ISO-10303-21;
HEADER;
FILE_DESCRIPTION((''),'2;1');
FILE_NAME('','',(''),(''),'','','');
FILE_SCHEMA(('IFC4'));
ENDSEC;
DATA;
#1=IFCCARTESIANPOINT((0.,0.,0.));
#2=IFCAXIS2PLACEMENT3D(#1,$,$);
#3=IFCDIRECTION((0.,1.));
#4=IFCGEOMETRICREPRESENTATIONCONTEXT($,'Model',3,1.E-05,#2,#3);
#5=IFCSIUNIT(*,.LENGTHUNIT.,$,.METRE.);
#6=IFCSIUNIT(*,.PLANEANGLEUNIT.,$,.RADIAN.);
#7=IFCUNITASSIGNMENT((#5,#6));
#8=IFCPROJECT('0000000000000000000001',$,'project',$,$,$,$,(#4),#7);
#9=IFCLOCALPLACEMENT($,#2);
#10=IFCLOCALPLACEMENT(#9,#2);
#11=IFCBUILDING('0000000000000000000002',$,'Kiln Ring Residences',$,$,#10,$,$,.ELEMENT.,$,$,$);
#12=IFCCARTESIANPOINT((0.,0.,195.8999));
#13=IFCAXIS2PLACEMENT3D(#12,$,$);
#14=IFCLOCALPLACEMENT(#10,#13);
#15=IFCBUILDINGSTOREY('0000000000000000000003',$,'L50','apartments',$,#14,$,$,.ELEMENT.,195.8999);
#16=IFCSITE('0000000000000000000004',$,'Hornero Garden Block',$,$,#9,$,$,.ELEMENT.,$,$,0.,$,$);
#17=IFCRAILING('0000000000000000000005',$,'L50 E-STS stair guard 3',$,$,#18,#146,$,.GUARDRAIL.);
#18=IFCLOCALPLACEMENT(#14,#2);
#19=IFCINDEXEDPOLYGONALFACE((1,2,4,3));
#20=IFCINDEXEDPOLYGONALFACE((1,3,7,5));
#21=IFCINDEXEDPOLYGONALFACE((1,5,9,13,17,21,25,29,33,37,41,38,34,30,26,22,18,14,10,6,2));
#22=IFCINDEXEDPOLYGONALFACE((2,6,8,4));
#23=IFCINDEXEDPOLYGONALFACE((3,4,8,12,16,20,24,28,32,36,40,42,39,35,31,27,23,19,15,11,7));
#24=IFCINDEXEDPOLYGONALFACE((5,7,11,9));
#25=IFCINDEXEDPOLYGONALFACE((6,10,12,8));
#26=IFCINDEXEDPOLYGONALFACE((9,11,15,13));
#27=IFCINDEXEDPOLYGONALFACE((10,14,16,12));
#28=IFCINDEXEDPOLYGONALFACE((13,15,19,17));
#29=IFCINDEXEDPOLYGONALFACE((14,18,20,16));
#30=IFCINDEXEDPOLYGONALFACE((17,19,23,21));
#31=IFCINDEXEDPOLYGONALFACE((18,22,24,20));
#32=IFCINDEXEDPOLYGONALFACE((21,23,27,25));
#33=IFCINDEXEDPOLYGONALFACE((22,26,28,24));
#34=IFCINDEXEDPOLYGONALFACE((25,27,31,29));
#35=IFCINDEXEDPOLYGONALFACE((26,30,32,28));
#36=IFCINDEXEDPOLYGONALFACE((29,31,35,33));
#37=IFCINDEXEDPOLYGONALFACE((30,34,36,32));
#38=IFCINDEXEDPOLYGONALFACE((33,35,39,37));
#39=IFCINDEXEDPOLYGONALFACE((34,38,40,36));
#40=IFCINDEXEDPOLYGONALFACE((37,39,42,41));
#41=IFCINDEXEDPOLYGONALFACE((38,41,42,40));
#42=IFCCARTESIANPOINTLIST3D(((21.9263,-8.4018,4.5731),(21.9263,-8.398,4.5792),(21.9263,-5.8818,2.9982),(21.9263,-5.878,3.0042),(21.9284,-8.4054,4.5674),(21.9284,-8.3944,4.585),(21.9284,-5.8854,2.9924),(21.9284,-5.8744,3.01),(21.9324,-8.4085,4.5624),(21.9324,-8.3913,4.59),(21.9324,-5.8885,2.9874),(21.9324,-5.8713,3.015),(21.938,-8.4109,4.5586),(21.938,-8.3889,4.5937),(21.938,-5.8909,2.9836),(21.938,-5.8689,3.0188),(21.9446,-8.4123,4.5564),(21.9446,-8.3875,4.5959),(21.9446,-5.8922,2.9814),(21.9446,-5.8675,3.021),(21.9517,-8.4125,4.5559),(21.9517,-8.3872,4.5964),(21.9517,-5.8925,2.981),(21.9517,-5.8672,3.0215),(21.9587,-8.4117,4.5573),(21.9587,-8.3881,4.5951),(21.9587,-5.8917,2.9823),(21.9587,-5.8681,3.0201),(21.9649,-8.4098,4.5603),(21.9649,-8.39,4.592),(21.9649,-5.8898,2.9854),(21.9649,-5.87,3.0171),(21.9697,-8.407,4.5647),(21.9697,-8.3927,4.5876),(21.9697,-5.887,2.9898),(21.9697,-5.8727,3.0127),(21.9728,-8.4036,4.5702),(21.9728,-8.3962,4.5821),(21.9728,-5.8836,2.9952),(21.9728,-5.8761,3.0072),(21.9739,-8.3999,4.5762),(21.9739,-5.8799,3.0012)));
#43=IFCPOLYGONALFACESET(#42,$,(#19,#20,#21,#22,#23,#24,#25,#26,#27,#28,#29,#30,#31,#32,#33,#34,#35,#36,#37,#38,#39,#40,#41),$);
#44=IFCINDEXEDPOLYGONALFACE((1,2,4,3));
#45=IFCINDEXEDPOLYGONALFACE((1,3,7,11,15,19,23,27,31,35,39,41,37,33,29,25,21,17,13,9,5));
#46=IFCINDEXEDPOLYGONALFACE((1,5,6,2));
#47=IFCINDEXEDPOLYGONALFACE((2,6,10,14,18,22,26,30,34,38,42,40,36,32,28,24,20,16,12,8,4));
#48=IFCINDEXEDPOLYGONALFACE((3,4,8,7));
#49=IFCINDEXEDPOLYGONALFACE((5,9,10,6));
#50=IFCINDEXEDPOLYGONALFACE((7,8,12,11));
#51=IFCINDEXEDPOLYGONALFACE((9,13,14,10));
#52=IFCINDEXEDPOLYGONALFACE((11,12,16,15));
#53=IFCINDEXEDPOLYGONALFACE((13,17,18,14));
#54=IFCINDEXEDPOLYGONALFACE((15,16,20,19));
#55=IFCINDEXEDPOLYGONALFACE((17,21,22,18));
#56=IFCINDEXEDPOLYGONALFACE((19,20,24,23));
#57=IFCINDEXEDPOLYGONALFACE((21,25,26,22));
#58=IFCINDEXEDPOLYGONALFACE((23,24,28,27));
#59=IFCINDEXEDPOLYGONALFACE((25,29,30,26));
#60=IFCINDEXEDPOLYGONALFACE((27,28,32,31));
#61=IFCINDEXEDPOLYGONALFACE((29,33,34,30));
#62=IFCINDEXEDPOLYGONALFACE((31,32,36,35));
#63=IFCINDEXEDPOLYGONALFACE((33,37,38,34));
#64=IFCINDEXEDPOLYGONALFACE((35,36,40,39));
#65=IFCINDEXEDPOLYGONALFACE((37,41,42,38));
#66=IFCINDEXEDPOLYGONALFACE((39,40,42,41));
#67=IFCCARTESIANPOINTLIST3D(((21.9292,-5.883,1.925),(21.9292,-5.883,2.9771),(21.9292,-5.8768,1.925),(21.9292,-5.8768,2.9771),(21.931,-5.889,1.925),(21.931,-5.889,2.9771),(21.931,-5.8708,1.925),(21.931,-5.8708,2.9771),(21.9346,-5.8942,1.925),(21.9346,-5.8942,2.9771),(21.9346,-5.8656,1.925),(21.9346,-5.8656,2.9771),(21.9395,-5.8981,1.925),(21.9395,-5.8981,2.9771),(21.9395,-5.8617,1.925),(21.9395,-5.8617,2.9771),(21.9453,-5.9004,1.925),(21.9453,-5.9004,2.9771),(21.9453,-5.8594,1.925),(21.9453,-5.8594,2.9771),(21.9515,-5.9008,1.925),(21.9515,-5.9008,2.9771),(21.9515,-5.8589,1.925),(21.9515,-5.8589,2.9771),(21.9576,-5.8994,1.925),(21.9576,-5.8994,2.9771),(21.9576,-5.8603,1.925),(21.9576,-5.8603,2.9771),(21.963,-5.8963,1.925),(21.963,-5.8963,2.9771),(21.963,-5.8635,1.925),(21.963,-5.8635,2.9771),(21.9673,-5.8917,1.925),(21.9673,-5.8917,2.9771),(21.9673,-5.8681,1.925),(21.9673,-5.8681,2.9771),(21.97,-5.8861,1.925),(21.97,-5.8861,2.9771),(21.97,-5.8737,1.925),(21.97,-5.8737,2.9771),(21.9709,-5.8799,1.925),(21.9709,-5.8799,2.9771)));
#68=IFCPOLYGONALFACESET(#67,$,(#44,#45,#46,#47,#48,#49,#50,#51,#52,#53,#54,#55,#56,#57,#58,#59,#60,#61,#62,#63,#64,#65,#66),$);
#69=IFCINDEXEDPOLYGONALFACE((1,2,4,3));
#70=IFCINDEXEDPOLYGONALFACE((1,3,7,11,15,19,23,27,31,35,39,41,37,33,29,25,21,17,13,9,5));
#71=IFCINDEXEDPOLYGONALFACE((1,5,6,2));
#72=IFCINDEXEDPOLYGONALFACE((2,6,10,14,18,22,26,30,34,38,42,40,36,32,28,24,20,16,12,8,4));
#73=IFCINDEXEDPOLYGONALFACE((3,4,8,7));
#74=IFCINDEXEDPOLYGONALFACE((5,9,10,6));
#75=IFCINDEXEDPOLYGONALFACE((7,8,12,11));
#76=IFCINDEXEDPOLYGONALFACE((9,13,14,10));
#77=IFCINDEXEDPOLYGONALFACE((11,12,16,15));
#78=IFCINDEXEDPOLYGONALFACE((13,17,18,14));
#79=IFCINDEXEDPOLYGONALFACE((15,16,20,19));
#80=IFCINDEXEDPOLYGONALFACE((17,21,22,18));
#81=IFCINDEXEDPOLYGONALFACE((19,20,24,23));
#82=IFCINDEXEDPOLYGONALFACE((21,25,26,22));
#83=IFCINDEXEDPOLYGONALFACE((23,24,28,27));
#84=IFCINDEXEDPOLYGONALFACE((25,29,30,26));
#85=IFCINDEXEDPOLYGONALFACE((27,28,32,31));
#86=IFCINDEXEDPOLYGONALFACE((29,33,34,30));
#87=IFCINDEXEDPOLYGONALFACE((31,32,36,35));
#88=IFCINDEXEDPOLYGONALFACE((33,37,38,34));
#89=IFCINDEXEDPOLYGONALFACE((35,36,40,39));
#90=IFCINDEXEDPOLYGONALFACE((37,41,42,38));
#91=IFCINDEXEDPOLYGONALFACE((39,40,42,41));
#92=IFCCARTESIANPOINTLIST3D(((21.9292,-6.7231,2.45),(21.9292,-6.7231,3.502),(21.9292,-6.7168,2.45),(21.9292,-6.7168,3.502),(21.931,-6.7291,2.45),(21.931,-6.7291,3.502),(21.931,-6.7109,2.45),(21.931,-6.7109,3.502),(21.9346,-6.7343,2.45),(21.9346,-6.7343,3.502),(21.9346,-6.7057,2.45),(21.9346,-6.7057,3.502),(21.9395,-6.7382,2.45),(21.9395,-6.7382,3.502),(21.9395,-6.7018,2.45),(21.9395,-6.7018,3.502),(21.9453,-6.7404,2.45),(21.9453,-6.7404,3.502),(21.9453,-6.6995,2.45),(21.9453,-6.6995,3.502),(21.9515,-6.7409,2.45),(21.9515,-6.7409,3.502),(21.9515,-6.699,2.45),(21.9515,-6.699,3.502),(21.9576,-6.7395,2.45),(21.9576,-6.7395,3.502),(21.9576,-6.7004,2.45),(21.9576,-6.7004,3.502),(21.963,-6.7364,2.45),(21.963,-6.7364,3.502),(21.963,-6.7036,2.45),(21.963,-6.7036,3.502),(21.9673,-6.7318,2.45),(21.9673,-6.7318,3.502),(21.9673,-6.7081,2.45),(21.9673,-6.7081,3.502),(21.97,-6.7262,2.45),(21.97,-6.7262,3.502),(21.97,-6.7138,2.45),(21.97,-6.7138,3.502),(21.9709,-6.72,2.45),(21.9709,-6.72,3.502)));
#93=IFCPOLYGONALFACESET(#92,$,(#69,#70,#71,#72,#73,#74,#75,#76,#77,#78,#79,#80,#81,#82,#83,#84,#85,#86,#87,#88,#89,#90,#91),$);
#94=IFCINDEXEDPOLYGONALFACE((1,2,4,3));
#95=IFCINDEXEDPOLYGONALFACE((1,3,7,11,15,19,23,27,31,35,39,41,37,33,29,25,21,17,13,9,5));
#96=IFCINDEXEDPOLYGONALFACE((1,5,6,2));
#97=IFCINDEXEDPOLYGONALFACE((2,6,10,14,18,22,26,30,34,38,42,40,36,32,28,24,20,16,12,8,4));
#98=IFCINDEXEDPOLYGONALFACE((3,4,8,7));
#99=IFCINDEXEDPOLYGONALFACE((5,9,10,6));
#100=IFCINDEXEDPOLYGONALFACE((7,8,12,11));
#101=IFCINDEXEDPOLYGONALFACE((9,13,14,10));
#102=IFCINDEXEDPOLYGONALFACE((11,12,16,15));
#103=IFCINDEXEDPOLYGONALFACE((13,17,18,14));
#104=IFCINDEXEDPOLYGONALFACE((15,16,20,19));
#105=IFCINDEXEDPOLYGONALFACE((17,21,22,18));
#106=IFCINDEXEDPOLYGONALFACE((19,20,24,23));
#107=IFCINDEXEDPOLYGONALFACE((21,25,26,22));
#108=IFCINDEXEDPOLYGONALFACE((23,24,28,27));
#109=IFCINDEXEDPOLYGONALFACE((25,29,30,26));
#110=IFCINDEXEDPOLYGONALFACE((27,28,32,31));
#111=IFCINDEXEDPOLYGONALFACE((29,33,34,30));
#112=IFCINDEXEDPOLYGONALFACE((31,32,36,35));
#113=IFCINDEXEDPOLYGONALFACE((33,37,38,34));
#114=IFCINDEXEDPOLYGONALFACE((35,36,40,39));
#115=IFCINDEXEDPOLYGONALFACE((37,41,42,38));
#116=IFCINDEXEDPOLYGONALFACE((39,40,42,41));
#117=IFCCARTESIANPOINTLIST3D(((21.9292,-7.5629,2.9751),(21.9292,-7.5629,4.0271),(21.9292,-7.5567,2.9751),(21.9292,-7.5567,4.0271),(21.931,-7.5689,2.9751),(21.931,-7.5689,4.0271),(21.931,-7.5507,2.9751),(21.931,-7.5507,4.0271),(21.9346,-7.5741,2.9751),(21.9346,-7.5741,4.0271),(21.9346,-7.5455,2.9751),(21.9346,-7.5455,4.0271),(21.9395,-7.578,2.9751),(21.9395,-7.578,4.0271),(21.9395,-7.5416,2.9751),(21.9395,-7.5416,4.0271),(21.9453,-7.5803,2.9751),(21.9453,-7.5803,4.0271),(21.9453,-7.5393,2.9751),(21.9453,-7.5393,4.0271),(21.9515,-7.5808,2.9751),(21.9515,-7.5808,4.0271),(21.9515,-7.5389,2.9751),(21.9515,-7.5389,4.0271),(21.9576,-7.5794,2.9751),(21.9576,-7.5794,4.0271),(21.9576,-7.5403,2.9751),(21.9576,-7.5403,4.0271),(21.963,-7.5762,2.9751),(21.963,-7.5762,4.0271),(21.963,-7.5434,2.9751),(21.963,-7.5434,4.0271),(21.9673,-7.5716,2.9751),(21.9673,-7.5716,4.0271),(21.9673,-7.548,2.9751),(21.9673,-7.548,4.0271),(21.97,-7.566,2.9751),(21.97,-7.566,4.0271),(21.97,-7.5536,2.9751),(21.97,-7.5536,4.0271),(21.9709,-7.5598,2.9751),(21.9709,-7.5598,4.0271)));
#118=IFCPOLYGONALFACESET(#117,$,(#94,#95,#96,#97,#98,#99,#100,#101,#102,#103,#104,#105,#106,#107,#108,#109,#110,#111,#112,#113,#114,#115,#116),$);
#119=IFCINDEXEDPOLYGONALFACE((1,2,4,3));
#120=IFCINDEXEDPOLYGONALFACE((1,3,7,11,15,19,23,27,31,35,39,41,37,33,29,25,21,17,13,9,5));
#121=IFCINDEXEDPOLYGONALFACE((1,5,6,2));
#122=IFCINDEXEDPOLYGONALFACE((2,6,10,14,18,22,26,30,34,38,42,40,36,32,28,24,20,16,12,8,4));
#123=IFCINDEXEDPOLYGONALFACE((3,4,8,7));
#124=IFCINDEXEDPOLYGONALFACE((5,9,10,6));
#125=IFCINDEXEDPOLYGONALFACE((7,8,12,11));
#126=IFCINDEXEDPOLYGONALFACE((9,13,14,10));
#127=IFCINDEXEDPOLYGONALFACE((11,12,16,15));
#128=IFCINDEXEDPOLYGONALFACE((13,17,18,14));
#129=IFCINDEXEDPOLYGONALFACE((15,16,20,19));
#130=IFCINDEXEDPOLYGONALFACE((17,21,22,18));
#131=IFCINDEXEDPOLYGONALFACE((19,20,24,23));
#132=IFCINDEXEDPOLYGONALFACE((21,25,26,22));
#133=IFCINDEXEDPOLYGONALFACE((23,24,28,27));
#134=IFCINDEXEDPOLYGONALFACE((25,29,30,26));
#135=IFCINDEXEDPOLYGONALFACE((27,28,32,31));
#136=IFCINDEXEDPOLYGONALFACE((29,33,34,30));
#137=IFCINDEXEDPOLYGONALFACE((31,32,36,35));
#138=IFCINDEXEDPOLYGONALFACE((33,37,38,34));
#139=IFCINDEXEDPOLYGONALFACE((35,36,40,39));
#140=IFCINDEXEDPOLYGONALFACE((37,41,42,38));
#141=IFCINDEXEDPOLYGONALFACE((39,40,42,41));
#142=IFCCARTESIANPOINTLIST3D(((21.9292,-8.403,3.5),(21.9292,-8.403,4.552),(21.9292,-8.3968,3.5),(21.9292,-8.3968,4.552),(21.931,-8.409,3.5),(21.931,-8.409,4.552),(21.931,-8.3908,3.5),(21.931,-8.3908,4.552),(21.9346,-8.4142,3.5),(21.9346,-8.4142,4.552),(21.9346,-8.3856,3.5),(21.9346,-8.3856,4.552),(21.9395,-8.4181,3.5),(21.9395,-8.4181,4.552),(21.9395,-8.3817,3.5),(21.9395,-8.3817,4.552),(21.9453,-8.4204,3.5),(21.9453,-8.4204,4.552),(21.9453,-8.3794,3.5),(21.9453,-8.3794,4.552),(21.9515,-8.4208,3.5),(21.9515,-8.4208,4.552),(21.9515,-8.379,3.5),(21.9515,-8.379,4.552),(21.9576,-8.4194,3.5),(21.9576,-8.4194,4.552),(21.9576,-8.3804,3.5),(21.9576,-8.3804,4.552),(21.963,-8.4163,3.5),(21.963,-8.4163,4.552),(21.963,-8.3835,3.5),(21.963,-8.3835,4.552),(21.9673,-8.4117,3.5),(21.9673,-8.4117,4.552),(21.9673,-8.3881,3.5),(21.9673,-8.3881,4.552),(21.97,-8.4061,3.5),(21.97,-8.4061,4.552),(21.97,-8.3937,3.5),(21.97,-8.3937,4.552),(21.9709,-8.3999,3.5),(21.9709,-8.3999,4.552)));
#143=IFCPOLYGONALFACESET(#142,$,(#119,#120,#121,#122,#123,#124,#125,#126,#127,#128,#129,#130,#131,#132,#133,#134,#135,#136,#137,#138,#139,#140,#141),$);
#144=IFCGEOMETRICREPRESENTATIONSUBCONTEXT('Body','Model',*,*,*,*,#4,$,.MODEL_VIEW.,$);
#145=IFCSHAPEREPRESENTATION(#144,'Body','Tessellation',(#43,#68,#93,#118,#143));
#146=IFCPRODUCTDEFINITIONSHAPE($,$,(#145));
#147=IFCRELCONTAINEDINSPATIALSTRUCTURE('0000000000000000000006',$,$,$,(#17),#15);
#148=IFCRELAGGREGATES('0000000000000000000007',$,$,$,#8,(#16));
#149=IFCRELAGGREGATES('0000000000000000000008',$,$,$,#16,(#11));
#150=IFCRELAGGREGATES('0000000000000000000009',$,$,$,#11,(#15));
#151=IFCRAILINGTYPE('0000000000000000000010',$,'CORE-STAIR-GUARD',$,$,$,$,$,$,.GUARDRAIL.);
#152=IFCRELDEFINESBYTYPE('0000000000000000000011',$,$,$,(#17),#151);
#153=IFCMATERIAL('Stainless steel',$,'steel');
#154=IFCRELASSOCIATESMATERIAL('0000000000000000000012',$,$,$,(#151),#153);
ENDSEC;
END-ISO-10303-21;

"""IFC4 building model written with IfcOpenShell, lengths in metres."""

from ifc_helpers import new_model, si_unit, direction, frame, origin, origin_2d, place, context, subcontext, project, spatial, circle, extrude, material, type_object, element, save


model = new_model("IFC4")

# Units and contexts
model_context = context("Model", 3, precision=1e-05, world=origin(), true_north=direction((0.0, 1.0)))
body_context = subcontext(model_context, "Body", "Model", "MODEL_VIEW")
ifc_project = project(units=[si_unit("LENGTHUNIT", "METRE"), si_unit("PLANEANGLEUNIT", "RADIAN")], contexts=[model_context])

# Site, building, storey
site_placement = place(None, origin())
site = spatial("IfcSite", under=ifc_project, at=site_placement, Name="Hornero Garden Block", CompositionType="ELEMENT", RefElevation=0.0)
building_placement = place(site_placement, origin())
building = spatial("IfcBuilding", under=site, at=building_placement, Name="Kiln Ring Residences", CompositionType="ELEMENT")
storey_placement = place(building_placement, frame((0.0, 0.0, 195.8999)))
storey = spatial("IfcBuildingStorey", under=building, at=storey_placement, Name="L50", Description="apartments", CompositionType="ELEMENT", Elevation=195.8999)

# Railing
ifc_material_1 = material(Name="Stainless steel", Category="steel")
railing_type_1 = type_object("IfcRailingType", Name="CORE-STAIR-GUARD", PredefinedType="GUARDRAIL", material=ifc_material_1)
railing_1_placement = place(storey_placement, frame((21.95, -5.8799, 1.925)))
element("IfcRailing", 1, at=railing_1_placement, inside=storey, type_object=railing_type_1, Name="L50 E-STS stair guard 3", PredefinedType="GUARDRAIL", context=body_context, shape_type="SweptSolid", body=[
    extrude(circle(Radius=0.0239, at=origin_2d()), frame((0.0, 0.0, 1.0762), z_axis=(0.0, -0.848008, 0.529984), x_axis=(1.0, 0.0, 0.0)), (0.0, 0.0, 1.0), 2.9717),
    extrude(circle(Radius=0.021, at=origin_2d()), origin(), (0.0, 0.0, 1.0), 1.052),
    extrude(circle(Radius=0.021, at=origin_2d()), frame((0.0, -0.8401, 0.5249)), (0.0, 0.0, 1.0), 1.052),
    extrude(circle(Radius=0.021, at=origin_2d()), frame((0.0, -1.6799, 1.05)), (0.0, 0.0, 1.0), 1.052),
    extrude(circle(Radius=0.021, at=origin_2d()), frame((0.0, -2.52, 1.575)), (0.0, 0.0, 1.0), 1.052),
])

save(model, "model.ifc")
